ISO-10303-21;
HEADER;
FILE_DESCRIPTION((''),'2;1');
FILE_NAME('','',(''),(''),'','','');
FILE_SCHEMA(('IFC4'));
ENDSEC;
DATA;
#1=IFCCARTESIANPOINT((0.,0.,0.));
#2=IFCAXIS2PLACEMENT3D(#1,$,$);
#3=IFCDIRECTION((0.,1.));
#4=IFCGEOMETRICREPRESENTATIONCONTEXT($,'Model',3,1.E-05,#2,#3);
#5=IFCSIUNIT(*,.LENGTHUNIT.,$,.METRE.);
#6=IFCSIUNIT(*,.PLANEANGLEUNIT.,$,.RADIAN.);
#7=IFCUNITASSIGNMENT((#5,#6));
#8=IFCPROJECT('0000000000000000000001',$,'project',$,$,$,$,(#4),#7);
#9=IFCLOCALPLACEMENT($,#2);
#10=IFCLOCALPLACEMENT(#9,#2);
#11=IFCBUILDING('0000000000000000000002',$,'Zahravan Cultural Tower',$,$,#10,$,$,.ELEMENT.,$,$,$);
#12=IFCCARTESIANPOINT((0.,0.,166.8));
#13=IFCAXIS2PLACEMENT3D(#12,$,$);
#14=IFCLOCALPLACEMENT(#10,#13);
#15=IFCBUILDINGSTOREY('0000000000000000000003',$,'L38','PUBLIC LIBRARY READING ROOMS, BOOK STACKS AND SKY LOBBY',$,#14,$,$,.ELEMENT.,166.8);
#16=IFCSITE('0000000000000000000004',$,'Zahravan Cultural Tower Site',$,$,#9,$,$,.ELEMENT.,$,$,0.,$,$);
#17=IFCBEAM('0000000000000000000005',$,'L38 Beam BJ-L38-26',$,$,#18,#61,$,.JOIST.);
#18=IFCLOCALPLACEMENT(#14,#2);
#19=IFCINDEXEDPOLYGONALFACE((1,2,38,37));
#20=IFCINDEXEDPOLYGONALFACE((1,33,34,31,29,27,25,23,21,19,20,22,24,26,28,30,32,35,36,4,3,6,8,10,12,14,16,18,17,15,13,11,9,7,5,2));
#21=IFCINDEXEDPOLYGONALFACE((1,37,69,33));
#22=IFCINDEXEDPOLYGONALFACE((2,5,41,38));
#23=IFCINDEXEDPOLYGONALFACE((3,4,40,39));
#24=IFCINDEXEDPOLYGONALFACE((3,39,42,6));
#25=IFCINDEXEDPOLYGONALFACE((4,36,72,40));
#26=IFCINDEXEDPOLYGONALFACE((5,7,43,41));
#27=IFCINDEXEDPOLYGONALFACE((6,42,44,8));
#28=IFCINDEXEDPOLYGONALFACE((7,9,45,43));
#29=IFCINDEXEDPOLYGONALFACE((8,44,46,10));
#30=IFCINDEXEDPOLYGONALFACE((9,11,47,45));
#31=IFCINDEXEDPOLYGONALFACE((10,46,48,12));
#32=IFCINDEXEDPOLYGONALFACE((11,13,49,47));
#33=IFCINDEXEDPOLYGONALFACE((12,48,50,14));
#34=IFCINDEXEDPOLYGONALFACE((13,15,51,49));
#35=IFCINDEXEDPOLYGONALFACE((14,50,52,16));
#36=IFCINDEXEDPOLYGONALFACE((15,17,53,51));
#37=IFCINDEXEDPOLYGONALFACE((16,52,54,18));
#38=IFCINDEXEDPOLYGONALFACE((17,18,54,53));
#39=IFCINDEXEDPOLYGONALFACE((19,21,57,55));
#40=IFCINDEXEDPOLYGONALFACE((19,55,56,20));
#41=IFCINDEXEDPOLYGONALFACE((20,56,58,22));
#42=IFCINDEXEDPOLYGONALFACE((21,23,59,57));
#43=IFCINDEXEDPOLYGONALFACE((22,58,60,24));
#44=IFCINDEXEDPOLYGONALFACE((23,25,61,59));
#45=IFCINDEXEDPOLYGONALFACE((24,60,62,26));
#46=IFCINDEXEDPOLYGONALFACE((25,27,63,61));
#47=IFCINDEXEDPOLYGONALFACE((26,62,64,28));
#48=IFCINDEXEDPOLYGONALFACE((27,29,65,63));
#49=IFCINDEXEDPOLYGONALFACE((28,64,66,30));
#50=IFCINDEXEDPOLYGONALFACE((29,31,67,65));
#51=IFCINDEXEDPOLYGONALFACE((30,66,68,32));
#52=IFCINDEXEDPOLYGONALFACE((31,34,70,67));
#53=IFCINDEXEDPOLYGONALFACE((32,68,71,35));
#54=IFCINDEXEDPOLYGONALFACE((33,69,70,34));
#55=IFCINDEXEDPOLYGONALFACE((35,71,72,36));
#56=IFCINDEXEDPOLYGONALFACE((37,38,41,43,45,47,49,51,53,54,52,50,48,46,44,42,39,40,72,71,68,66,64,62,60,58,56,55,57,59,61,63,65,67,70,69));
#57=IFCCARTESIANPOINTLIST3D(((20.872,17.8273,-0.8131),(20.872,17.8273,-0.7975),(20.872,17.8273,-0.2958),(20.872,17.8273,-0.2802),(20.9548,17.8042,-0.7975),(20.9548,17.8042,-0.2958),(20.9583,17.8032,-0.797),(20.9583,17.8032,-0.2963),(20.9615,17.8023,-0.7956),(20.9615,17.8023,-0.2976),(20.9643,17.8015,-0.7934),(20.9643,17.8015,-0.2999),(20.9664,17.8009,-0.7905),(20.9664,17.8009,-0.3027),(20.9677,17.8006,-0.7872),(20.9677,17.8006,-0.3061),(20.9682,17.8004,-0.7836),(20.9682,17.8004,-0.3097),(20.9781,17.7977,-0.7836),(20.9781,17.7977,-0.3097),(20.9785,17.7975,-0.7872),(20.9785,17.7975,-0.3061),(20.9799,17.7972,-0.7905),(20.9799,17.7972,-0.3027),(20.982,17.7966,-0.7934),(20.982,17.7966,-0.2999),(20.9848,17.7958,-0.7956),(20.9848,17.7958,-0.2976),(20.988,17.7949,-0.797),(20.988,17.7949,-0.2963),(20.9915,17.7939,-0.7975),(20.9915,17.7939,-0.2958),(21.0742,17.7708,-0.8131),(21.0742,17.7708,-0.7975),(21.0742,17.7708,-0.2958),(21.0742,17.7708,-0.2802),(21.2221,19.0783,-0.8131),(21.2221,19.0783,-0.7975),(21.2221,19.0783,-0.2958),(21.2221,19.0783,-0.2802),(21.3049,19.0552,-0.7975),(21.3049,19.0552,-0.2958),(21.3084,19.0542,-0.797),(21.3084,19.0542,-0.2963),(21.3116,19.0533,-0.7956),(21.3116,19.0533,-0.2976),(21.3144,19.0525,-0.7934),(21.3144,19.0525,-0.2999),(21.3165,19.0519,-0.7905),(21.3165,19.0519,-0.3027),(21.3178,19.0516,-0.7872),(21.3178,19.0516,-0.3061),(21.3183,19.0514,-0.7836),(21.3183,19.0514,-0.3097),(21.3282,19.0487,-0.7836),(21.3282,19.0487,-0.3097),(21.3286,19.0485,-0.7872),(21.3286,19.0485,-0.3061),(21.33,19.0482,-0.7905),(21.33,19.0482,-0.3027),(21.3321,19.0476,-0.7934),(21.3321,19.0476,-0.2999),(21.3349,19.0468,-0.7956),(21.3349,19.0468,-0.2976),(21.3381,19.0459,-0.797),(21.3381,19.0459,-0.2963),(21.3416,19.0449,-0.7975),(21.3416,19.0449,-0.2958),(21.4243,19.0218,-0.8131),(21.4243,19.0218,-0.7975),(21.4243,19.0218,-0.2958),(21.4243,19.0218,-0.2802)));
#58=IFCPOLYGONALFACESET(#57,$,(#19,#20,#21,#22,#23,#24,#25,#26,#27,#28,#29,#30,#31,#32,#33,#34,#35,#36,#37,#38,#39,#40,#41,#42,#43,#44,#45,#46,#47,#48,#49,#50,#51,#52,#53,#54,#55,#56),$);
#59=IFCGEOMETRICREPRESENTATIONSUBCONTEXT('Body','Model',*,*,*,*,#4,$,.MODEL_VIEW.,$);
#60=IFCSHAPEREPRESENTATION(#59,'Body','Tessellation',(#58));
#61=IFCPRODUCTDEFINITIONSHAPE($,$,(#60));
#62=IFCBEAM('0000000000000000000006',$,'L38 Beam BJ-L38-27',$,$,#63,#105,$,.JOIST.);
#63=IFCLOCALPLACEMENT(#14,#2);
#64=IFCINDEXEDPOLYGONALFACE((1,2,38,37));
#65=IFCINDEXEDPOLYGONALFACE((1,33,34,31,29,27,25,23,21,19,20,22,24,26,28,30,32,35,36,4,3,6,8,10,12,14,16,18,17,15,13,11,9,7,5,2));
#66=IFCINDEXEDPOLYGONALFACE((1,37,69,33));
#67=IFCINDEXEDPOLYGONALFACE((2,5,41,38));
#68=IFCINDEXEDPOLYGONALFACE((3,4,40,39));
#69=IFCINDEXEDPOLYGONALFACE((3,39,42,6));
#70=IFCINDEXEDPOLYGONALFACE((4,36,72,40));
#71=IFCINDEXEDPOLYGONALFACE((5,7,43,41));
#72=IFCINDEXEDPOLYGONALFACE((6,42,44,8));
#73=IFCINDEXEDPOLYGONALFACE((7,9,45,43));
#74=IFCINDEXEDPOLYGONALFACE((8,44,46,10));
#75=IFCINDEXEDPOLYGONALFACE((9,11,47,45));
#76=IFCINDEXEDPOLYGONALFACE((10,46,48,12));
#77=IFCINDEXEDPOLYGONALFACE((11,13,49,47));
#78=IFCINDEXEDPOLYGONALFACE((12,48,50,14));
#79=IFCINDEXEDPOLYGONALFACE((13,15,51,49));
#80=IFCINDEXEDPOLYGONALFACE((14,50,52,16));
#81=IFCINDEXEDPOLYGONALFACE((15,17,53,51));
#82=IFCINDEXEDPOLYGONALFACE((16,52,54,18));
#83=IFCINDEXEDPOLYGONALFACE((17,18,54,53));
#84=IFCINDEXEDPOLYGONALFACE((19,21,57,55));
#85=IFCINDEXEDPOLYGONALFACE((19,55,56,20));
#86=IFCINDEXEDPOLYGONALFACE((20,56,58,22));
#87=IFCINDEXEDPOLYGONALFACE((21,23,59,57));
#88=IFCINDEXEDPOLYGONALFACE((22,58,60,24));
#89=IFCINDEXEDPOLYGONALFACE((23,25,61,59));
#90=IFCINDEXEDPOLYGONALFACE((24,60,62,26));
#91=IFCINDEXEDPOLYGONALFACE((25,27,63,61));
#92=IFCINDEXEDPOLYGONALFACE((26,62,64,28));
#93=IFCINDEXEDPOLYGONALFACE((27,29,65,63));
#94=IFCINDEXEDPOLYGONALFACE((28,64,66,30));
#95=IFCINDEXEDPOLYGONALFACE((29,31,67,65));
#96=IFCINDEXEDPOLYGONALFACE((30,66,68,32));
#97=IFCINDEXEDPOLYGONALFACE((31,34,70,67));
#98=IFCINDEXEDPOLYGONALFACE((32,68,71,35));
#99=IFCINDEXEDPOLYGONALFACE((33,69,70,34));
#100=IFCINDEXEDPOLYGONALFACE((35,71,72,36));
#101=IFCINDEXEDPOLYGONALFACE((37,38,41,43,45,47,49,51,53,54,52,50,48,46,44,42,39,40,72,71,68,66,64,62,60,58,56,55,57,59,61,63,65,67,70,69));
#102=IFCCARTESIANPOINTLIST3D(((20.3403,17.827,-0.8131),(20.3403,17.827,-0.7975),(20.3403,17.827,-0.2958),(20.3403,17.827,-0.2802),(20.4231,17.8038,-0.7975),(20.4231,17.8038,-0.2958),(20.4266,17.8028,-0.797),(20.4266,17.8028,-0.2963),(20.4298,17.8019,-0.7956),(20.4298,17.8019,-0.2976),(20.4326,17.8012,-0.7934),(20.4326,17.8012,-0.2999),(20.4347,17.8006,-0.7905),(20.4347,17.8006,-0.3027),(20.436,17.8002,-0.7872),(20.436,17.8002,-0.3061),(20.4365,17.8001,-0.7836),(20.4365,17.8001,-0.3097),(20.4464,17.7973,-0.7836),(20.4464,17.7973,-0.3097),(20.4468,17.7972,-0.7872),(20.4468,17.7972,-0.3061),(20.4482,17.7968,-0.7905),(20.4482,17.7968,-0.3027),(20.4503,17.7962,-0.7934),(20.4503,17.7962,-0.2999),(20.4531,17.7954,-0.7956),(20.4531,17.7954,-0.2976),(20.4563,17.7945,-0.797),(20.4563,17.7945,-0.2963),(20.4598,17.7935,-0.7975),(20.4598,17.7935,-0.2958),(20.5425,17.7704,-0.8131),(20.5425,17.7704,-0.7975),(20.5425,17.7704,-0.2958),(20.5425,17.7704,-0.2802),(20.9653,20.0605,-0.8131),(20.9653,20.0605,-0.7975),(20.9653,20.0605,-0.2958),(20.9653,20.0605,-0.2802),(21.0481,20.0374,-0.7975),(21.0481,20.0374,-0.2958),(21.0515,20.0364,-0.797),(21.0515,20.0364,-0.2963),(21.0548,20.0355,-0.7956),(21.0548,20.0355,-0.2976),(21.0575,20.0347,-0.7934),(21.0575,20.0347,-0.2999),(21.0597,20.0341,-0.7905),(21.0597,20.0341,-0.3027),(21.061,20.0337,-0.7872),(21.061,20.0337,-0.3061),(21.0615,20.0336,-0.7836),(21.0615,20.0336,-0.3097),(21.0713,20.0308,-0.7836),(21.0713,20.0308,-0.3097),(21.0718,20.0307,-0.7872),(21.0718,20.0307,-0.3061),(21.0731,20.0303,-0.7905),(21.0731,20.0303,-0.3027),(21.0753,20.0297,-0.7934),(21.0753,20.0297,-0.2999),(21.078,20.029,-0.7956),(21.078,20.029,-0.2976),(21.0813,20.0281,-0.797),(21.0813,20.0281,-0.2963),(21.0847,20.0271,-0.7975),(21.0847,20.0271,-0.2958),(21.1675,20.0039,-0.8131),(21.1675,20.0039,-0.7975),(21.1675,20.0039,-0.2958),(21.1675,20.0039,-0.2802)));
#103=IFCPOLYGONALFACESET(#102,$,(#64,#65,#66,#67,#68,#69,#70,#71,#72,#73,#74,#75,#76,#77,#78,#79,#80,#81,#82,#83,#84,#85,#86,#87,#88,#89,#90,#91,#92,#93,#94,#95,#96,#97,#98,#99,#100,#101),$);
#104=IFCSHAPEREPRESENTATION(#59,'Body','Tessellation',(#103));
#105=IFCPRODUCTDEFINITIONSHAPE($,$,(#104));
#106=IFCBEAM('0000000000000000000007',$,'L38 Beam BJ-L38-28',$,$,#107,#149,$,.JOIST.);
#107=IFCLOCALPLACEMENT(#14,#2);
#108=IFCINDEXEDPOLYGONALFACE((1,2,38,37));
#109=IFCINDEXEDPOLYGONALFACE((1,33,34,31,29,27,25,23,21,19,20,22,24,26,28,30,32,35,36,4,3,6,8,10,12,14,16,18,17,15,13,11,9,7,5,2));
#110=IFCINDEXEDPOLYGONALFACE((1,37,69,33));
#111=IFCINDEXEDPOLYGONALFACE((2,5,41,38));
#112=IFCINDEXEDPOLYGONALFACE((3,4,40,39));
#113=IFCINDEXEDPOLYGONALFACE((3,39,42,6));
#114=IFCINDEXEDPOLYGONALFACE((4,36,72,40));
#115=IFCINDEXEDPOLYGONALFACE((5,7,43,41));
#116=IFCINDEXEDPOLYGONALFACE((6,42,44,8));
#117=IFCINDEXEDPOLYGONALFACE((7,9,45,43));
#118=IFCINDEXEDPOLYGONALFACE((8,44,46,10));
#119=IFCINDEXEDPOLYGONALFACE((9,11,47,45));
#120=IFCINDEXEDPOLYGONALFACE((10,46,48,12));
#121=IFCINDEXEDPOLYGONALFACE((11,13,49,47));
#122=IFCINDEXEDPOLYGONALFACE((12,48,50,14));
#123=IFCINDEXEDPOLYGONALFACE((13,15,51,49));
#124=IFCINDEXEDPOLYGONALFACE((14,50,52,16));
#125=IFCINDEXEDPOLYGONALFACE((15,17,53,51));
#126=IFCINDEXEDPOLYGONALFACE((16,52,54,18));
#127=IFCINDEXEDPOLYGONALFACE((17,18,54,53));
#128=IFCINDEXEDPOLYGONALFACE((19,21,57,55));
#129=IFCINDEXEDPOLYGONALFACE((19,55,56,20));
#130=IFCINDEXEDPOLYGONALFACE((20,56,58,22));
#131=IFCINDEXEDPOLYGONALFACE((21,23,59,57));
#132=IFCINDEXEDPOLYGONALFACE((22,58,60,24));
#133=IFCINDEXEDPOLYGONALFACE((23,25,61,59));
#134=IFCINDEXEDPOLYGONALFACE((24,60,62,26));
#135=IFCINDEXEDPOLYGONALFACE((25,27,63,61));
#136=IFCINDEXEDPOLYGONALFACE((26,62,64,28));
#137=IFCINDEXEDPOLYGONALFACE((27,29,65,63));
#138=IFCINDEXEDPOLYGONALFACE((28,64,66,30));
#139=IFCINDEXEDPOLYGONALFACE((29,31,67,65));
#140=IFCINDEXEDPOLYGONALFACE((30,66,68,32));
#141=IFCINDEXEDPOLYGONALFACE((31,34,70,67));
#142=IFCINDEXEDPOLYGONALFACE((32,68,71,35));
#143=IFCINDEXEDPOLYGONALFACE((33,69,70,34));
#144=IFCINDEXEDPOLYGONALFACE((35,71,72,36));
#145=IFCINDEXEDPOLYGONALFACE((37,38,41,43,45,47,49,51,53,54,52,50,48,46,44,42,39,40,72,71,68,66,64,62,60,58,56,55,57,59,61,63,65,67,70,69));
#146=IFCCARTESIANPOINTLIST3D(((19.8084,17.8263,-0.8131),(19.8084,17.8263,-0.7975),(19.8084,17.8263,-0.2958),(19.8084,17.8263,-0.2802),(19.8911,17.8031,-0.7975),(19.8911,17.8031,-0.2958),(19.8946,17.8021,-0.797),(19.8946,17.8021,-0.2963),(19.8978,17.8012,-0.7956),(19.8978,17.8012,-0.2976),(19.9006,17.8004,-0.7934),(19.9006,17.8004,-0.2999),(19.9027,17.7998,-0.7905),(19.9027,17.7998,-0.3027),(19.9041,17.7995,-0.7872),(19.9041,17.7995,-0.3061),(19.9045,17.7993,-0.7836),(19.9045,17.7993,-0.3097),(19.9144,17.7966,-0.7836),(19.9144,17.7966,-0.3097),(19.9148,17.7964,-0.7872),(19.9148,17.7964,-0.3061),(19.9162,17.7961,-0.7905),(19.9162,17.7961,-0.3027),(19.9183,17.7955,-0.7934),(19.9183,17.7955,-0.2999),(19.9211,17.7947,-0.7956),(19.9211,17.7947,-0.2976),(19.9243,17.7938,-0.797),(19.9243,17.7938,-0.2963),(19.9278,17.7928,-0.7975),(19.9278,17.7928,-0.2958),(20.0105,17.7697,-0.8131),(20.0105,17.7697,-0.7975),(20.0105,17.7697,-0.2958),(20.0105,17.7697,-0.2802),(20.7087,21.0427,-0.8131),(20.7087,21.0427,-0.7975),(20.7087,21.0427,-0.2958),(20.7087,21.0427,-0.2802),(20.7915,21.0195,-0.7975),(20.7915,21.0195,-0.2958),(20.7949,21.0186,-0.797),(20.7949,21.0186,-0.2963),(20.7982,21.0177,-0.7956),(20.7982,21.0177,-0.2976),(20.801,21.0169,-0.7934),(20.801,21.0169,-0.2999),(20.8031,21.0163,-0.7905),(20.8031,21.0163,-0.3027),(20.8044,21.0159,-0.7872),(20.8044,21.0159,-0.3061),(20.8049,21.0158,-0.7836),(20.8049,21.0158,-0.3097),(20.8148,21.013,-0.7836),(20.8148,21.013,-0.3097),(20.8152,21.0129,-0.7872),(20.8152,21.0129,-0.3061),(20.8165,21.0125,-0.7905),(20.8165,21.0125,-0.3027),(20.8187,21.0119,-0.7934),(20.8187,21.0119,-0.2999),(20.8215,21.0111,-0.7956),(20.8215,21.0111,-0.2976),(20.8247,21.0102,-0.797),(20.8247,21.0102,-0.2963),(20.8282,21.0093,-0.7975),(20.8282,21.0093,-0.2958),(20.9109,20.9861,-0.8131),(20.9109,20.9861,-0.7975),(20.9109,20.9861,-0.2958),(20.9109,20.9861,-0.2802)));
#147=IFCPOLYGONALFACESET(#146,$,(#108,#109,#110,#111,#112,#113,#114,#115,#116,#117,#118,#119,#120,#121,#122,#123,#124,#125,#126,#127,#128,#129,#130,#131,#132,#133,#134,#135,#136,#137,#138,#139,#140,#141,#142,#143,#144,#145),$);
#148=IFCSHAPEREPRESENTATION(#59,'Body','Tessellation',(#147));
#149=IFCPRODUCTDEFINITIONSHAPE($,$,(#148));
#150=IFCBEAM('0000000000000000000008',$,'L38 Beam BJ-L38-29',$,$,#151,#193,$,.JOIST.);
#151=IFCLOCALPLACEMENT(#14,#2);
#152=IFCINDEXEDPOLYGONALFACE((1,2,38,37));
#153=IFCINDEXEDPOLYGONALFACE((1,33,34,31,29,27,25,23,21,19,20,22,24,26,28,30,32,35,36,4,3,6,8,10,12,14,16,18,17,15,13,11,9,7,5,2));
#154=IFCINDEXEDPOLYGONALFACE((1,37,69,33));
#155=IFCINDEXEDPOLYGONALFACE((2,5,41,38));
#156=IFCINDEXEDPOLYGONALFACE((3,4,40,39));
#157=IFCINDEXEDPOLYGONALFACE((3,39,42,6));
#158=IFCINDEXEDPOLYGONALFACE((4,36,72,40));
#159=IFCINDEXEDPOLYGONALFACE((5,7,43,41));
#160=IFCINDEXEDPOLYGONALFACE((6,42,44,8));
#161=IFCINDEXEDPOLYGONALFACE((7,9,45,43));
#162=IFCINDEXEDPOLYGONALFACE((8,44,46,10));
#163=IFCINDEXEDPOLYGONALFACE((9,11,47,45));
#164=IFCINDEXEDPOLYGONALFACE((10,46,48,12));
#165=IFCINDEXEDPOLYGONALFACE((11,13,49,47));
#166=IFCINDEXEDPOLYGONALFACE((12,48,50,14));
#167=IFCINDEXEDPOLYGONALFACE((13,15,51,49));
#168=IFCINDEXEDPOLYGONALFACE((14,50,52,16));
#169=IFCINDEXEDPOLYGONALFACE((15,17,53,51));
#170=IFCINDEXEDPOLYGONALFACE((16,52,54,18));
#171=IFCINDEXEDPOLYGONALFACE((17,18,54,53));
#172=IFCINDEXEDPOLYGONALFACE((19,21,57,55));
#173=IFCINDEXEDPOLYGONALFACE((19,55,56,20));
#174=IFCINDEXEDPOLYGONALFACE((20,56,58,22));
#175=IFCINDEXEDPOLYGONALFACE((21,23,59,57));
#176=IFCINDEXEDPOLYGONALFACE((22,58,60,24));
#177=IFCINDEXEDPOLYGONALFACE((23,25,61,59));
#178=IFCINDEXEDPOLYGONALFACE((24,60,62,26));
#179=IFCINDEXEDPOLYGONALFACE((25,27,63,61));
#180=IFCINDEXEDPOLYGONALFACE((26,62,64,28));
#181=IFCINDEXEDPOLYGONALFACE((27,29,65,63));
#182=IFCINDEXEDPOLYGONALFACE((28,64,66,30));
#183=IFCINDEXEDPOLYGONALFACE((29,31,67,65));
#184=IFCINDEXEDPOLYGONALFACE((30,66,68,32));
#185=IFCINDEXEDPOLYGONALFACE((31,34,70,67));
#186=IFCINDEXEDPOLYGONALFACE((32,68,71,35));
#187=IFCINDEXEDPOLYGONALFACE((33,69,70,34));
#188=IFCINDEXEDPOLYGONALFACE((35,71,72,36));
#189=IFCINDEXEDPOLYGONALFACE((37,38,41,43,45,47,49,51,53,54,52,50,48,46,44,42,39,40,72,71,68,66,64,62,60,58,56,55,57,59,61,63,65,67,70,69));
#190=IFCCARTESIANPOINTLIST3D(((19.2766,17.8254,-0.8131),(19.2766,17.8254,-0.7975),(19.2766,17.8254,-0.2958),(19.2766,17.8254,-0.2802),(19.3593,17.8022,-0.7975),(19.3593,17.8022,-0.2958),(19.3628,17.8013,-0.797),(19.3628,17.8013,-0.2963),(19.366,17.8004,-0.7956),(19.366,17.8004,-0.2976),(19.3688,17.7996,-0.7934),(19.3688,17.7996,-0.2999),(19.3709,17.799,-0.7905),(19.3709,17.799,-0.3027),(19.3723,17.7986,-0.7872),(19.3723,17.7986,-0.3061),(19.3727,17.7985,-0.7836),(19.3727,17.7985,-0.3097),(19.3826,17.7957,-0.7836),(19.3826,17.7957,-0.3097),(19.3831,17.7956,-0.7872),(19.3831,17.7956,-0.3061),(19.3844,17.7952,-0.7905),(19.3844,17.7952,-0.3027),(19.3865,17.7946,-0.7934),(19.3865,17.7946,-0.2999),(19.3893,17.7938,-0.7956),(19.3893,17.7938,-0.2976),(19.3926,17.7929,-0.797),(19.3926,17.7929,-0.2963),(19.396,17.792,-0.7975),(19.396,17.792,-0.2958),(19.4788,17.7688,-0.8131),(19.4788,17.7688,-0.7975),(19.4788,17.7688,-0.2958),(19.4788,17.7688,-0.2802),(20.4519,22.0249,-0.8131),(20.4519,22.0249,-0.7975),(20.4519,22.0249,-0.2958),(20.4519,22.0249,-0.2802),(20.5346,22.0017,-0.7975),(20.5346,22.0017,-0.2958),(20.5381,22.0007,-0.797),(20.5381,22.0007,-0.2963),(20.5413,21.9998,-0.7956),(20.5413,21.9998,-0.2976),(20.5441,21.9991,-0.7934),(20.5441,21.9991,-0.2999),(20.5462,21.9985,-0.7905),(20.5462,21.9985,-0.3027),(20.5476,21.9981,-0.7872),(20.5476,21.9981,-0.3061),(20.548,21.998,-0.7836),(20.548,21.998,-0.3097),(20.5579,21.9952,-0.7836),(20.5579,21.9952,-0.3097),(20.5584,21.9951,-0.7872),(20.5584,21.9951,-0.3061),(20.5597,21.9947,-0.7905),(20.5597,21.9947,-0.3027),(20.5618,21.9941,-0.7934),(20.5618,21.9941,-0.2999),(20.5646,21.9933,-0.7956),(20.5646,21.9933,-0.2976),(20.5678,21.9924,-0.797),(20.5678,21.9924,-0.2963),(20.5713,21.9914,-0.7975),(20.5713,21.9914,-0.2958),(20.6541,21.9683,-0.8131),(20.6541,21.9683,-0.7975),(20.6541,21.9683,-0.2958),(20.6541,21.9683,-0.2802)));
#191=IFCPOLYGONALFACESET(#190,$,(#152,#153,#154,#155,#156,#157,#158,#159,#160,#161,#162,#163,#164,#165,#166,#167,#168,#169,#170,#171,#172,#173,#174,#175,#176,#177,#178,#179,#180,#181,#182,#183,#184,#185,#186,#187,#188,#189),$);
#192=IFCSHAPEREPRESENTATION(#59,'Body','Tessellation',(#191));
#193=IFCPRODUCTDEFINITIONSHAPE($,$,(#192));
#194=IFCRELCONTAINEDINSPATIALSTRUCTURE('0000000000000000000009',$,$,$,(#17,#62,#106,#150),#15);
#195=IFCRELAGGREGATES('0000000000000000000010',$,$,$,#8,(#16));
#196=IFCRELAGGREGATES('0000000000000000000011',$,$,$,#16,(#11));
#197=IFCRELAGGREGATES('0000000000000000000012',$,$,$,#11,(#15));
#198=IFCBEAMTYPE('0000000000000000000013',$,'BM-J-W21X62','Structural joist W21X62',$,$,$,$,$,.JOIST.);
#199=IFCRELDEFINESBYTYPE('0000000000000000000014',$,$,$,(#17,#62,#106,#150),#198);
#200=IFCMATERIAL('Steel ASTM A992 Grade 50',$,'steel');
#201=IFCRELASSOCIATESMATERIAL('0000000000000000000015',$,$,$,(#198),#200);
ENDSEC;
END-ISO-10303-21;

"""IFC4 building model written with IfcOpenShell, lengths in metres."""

from ifc_helpers import new_model, si_unit, direction, frame, origin, origin_2d, place, context, subcontext, project, spatial, i_section, extrude, source, transform, mapped, material, material_profile, profile_set, type_object, element, save


model = new_model("IFC4")

# Units and contexts
model_context = context("Model", 3, precision=1e-05, world=origin(), true_north=direction((0.0, 1.0)))
body_context = subcontext(model_context, "Body", "Model", "MODEL_VIEW")
ifc_project = project(units=[si_unit("LENGTHUNIT", "METRE"), si_unit("PLANEANGLEUNIT", "RADIAN")], contexts=[model_context])

# Site, building, storey
site_placement = place(None, origin())
site = spatial("IfcSite", under=ifc_project, at=site_placement, Name="Zahravan Cultural Tower Site", CompositionType="ELEMENT", RefElevation=0.0)
building_placement = place(site_placement, origin())
building = spatial("IfcBuilding", under=site, at=building_placement, Name="Zahravan Cultural Tower", CompositionType="ELEMENT")
storey_placement = place(building_placement, frame((0.0, 0.0, 166.8)))
storey = spatial("IfcBuildingStorey", under=building, at=storey_placement, Name="L38", Description="PUBLIC LIBRARY READING ROOMS, BOOK STACKS AND SKY LOBBY", CompositionType="ELEMENT", Elevation=166.8)

# Shared definitions
ifc_material_1 = material(Name="Steel ASTM A992 Grade 50", Category="steel")

# Beams
ifc_material_profile_1 = material_profile(ifc_material_1, i_section(OverallWidth=0.21, OverallDepth=0.533, WebThickness=0.0103, FlangeThickness=0.0156, FilletRadius=0.0139, at=origin_2d()), Name="W21X62")
ifc_profile_set_1 = profile_set([ifc_material_profile_1], Name="Steel ASTM A992 Grade 50")
beam_type_1 = type_object("IfcBeamType", Name="BM-J-W21X62", Description="Structural joist W21X62", PredefinedType="JOIST", material=ifc_profile_set_1)
shared_shape_1 = source(origin(), body_context, "Body", "SweptSolid", [
    extrude(i_section(OverallWidth=0.21, OverallDepth=0.533, WebThickness=0.0103, FlangeThickness=0.0156, FilletRadius=0.0139, at=origin_2d()), origin(), (0.0, 0.0, 1.0), 1.2991),
])
beam_1_placement = place(storey_placement, frame((21.3232, 19.05, -0.5466), z_axis=(-0.269504, -0.962999, 0.0), x_axis=(0.962999, -0.269504, 0.0)))
element("IfcBeam", 1, at=beam_1_placement, inside=storey, type_object=beam_type_1, Name="L38 Beam BJ-L38-26", PredefinedType="JOIST", context=body_context, shape_type="MappedRepresentation", body=[
    mapped(shared_shape_1, transform((0.0, 0.0, 0.0), x_axis=(1.0, 0.0, 0.0), y_axis=(0.0, 1.0, 0.0), z_axis=(0.0, 0.0, 1.0), scale=1.0)),
])
shared_shape_2 = source(origin(), body_context, "Body", "SweptSolid", [
    extrude(i_section(OverallWidth=0.21, OverallDepth=0.533, WebThickness=0.0103, FlangeThickness=0.0156, FilletRadius=0.0139, at=origin_2d()), origin(), (0.0, 0.0, 1.0), 2.3193),
])
beam_2_placement = place(storey_placement, frame((21.0664, 20.0322, -0.5466), z_axis=(-0.269462, -0.963011, 0.0), x_axis=(0.963011, -0.269462, 0.0)))
element("IfcBeam", 2, at=beam_2_placement, inside=storey, type_object=beam_type_1, Name="L38 Beam BJ-L38-27", PredefinedType="JOIST", context=body_context, shape_type="MappedRepresentation", body=[
    mapped(shared_shape_2, transform((0.0, 0.0, 0.0), x_axis=(1.0, 0.0, 0.0), y_axis=(0.0, 1.0, 0.0), z_axis=(0.0, 0.0, 1.0), scale=1.0)),
])
shared_shape_3 = source(origin(), body_context, "Body", "SweptSolid", [
    extrude(i_section(OverallWidth=0.21, OverallDepth=0.533, WebThickness=0.0103, FlangeThickness=0.0156, FilletRadius=0.0139, at=origin_2d()), origin(), (0.0, 0.0, 1.0), 3.3401),
])
beam_3_placement = place(storey_placement, frame((20.8098, 21.0144, -0.5466), z_axis=(-0.269562, -0.962983, 0.0), x_axis=(0.962983, -0.269562, 0.0)))
element("IfcBeam", 3, at=beam_3_placement, inside=storey, type_object=beam_type_1, Name="L38 Beam BJ-L38-28", PredefinedType="JOIST", context=body_context, shape_type="MappedRepresentation", body=[
    mapped(shared_shape_3, transform((0.0, 0.0, 0.0), x_axis=(1.0, 0.0, 0.0), y_axis=(0.0, 1.0, 0.0), z_axis=(0.0, 0.0, 1.0), scale=1.0)),
])
shared_shape_4 = source(origin(), body_context, "Body", "SweptSolid", [
    extrude(i_section(OverallWidth=0.21, OverallDepth=0.533, WebThickness=0.0103, FlangeThickness=0.0156, FilletRadius=0.0139, at=origin_2d()), origin(), (0.0, 0.0, 1.0), 4.3608),
])
beam_4_placement = place(storey_placement, frame((20.553, 21.9966, -0.5466), z_axis=(-0.269512, -0.962997, 0.0), x_axis=(0.962997, -0.269512, 0.0)))
element("IfcBeam", 4, at=beam_4_placement, inside=storey, type_object=beam_type_1, Name="L38 Beam BJ-L38-29", PredefinedType="JOIST", context=body_context, shape_type="MappedRepresentation", body=[
    mapped(shared_shape_4, transform((0.0, 0.0, 0.0), x_axis=(1.0, 0.0, 0.0), y_axis=(0.0, 1.0, 0.0), z_axis=(0.0, 0.0, 1.0), scale=1.0)),
])

save(model, "model.ifc")
